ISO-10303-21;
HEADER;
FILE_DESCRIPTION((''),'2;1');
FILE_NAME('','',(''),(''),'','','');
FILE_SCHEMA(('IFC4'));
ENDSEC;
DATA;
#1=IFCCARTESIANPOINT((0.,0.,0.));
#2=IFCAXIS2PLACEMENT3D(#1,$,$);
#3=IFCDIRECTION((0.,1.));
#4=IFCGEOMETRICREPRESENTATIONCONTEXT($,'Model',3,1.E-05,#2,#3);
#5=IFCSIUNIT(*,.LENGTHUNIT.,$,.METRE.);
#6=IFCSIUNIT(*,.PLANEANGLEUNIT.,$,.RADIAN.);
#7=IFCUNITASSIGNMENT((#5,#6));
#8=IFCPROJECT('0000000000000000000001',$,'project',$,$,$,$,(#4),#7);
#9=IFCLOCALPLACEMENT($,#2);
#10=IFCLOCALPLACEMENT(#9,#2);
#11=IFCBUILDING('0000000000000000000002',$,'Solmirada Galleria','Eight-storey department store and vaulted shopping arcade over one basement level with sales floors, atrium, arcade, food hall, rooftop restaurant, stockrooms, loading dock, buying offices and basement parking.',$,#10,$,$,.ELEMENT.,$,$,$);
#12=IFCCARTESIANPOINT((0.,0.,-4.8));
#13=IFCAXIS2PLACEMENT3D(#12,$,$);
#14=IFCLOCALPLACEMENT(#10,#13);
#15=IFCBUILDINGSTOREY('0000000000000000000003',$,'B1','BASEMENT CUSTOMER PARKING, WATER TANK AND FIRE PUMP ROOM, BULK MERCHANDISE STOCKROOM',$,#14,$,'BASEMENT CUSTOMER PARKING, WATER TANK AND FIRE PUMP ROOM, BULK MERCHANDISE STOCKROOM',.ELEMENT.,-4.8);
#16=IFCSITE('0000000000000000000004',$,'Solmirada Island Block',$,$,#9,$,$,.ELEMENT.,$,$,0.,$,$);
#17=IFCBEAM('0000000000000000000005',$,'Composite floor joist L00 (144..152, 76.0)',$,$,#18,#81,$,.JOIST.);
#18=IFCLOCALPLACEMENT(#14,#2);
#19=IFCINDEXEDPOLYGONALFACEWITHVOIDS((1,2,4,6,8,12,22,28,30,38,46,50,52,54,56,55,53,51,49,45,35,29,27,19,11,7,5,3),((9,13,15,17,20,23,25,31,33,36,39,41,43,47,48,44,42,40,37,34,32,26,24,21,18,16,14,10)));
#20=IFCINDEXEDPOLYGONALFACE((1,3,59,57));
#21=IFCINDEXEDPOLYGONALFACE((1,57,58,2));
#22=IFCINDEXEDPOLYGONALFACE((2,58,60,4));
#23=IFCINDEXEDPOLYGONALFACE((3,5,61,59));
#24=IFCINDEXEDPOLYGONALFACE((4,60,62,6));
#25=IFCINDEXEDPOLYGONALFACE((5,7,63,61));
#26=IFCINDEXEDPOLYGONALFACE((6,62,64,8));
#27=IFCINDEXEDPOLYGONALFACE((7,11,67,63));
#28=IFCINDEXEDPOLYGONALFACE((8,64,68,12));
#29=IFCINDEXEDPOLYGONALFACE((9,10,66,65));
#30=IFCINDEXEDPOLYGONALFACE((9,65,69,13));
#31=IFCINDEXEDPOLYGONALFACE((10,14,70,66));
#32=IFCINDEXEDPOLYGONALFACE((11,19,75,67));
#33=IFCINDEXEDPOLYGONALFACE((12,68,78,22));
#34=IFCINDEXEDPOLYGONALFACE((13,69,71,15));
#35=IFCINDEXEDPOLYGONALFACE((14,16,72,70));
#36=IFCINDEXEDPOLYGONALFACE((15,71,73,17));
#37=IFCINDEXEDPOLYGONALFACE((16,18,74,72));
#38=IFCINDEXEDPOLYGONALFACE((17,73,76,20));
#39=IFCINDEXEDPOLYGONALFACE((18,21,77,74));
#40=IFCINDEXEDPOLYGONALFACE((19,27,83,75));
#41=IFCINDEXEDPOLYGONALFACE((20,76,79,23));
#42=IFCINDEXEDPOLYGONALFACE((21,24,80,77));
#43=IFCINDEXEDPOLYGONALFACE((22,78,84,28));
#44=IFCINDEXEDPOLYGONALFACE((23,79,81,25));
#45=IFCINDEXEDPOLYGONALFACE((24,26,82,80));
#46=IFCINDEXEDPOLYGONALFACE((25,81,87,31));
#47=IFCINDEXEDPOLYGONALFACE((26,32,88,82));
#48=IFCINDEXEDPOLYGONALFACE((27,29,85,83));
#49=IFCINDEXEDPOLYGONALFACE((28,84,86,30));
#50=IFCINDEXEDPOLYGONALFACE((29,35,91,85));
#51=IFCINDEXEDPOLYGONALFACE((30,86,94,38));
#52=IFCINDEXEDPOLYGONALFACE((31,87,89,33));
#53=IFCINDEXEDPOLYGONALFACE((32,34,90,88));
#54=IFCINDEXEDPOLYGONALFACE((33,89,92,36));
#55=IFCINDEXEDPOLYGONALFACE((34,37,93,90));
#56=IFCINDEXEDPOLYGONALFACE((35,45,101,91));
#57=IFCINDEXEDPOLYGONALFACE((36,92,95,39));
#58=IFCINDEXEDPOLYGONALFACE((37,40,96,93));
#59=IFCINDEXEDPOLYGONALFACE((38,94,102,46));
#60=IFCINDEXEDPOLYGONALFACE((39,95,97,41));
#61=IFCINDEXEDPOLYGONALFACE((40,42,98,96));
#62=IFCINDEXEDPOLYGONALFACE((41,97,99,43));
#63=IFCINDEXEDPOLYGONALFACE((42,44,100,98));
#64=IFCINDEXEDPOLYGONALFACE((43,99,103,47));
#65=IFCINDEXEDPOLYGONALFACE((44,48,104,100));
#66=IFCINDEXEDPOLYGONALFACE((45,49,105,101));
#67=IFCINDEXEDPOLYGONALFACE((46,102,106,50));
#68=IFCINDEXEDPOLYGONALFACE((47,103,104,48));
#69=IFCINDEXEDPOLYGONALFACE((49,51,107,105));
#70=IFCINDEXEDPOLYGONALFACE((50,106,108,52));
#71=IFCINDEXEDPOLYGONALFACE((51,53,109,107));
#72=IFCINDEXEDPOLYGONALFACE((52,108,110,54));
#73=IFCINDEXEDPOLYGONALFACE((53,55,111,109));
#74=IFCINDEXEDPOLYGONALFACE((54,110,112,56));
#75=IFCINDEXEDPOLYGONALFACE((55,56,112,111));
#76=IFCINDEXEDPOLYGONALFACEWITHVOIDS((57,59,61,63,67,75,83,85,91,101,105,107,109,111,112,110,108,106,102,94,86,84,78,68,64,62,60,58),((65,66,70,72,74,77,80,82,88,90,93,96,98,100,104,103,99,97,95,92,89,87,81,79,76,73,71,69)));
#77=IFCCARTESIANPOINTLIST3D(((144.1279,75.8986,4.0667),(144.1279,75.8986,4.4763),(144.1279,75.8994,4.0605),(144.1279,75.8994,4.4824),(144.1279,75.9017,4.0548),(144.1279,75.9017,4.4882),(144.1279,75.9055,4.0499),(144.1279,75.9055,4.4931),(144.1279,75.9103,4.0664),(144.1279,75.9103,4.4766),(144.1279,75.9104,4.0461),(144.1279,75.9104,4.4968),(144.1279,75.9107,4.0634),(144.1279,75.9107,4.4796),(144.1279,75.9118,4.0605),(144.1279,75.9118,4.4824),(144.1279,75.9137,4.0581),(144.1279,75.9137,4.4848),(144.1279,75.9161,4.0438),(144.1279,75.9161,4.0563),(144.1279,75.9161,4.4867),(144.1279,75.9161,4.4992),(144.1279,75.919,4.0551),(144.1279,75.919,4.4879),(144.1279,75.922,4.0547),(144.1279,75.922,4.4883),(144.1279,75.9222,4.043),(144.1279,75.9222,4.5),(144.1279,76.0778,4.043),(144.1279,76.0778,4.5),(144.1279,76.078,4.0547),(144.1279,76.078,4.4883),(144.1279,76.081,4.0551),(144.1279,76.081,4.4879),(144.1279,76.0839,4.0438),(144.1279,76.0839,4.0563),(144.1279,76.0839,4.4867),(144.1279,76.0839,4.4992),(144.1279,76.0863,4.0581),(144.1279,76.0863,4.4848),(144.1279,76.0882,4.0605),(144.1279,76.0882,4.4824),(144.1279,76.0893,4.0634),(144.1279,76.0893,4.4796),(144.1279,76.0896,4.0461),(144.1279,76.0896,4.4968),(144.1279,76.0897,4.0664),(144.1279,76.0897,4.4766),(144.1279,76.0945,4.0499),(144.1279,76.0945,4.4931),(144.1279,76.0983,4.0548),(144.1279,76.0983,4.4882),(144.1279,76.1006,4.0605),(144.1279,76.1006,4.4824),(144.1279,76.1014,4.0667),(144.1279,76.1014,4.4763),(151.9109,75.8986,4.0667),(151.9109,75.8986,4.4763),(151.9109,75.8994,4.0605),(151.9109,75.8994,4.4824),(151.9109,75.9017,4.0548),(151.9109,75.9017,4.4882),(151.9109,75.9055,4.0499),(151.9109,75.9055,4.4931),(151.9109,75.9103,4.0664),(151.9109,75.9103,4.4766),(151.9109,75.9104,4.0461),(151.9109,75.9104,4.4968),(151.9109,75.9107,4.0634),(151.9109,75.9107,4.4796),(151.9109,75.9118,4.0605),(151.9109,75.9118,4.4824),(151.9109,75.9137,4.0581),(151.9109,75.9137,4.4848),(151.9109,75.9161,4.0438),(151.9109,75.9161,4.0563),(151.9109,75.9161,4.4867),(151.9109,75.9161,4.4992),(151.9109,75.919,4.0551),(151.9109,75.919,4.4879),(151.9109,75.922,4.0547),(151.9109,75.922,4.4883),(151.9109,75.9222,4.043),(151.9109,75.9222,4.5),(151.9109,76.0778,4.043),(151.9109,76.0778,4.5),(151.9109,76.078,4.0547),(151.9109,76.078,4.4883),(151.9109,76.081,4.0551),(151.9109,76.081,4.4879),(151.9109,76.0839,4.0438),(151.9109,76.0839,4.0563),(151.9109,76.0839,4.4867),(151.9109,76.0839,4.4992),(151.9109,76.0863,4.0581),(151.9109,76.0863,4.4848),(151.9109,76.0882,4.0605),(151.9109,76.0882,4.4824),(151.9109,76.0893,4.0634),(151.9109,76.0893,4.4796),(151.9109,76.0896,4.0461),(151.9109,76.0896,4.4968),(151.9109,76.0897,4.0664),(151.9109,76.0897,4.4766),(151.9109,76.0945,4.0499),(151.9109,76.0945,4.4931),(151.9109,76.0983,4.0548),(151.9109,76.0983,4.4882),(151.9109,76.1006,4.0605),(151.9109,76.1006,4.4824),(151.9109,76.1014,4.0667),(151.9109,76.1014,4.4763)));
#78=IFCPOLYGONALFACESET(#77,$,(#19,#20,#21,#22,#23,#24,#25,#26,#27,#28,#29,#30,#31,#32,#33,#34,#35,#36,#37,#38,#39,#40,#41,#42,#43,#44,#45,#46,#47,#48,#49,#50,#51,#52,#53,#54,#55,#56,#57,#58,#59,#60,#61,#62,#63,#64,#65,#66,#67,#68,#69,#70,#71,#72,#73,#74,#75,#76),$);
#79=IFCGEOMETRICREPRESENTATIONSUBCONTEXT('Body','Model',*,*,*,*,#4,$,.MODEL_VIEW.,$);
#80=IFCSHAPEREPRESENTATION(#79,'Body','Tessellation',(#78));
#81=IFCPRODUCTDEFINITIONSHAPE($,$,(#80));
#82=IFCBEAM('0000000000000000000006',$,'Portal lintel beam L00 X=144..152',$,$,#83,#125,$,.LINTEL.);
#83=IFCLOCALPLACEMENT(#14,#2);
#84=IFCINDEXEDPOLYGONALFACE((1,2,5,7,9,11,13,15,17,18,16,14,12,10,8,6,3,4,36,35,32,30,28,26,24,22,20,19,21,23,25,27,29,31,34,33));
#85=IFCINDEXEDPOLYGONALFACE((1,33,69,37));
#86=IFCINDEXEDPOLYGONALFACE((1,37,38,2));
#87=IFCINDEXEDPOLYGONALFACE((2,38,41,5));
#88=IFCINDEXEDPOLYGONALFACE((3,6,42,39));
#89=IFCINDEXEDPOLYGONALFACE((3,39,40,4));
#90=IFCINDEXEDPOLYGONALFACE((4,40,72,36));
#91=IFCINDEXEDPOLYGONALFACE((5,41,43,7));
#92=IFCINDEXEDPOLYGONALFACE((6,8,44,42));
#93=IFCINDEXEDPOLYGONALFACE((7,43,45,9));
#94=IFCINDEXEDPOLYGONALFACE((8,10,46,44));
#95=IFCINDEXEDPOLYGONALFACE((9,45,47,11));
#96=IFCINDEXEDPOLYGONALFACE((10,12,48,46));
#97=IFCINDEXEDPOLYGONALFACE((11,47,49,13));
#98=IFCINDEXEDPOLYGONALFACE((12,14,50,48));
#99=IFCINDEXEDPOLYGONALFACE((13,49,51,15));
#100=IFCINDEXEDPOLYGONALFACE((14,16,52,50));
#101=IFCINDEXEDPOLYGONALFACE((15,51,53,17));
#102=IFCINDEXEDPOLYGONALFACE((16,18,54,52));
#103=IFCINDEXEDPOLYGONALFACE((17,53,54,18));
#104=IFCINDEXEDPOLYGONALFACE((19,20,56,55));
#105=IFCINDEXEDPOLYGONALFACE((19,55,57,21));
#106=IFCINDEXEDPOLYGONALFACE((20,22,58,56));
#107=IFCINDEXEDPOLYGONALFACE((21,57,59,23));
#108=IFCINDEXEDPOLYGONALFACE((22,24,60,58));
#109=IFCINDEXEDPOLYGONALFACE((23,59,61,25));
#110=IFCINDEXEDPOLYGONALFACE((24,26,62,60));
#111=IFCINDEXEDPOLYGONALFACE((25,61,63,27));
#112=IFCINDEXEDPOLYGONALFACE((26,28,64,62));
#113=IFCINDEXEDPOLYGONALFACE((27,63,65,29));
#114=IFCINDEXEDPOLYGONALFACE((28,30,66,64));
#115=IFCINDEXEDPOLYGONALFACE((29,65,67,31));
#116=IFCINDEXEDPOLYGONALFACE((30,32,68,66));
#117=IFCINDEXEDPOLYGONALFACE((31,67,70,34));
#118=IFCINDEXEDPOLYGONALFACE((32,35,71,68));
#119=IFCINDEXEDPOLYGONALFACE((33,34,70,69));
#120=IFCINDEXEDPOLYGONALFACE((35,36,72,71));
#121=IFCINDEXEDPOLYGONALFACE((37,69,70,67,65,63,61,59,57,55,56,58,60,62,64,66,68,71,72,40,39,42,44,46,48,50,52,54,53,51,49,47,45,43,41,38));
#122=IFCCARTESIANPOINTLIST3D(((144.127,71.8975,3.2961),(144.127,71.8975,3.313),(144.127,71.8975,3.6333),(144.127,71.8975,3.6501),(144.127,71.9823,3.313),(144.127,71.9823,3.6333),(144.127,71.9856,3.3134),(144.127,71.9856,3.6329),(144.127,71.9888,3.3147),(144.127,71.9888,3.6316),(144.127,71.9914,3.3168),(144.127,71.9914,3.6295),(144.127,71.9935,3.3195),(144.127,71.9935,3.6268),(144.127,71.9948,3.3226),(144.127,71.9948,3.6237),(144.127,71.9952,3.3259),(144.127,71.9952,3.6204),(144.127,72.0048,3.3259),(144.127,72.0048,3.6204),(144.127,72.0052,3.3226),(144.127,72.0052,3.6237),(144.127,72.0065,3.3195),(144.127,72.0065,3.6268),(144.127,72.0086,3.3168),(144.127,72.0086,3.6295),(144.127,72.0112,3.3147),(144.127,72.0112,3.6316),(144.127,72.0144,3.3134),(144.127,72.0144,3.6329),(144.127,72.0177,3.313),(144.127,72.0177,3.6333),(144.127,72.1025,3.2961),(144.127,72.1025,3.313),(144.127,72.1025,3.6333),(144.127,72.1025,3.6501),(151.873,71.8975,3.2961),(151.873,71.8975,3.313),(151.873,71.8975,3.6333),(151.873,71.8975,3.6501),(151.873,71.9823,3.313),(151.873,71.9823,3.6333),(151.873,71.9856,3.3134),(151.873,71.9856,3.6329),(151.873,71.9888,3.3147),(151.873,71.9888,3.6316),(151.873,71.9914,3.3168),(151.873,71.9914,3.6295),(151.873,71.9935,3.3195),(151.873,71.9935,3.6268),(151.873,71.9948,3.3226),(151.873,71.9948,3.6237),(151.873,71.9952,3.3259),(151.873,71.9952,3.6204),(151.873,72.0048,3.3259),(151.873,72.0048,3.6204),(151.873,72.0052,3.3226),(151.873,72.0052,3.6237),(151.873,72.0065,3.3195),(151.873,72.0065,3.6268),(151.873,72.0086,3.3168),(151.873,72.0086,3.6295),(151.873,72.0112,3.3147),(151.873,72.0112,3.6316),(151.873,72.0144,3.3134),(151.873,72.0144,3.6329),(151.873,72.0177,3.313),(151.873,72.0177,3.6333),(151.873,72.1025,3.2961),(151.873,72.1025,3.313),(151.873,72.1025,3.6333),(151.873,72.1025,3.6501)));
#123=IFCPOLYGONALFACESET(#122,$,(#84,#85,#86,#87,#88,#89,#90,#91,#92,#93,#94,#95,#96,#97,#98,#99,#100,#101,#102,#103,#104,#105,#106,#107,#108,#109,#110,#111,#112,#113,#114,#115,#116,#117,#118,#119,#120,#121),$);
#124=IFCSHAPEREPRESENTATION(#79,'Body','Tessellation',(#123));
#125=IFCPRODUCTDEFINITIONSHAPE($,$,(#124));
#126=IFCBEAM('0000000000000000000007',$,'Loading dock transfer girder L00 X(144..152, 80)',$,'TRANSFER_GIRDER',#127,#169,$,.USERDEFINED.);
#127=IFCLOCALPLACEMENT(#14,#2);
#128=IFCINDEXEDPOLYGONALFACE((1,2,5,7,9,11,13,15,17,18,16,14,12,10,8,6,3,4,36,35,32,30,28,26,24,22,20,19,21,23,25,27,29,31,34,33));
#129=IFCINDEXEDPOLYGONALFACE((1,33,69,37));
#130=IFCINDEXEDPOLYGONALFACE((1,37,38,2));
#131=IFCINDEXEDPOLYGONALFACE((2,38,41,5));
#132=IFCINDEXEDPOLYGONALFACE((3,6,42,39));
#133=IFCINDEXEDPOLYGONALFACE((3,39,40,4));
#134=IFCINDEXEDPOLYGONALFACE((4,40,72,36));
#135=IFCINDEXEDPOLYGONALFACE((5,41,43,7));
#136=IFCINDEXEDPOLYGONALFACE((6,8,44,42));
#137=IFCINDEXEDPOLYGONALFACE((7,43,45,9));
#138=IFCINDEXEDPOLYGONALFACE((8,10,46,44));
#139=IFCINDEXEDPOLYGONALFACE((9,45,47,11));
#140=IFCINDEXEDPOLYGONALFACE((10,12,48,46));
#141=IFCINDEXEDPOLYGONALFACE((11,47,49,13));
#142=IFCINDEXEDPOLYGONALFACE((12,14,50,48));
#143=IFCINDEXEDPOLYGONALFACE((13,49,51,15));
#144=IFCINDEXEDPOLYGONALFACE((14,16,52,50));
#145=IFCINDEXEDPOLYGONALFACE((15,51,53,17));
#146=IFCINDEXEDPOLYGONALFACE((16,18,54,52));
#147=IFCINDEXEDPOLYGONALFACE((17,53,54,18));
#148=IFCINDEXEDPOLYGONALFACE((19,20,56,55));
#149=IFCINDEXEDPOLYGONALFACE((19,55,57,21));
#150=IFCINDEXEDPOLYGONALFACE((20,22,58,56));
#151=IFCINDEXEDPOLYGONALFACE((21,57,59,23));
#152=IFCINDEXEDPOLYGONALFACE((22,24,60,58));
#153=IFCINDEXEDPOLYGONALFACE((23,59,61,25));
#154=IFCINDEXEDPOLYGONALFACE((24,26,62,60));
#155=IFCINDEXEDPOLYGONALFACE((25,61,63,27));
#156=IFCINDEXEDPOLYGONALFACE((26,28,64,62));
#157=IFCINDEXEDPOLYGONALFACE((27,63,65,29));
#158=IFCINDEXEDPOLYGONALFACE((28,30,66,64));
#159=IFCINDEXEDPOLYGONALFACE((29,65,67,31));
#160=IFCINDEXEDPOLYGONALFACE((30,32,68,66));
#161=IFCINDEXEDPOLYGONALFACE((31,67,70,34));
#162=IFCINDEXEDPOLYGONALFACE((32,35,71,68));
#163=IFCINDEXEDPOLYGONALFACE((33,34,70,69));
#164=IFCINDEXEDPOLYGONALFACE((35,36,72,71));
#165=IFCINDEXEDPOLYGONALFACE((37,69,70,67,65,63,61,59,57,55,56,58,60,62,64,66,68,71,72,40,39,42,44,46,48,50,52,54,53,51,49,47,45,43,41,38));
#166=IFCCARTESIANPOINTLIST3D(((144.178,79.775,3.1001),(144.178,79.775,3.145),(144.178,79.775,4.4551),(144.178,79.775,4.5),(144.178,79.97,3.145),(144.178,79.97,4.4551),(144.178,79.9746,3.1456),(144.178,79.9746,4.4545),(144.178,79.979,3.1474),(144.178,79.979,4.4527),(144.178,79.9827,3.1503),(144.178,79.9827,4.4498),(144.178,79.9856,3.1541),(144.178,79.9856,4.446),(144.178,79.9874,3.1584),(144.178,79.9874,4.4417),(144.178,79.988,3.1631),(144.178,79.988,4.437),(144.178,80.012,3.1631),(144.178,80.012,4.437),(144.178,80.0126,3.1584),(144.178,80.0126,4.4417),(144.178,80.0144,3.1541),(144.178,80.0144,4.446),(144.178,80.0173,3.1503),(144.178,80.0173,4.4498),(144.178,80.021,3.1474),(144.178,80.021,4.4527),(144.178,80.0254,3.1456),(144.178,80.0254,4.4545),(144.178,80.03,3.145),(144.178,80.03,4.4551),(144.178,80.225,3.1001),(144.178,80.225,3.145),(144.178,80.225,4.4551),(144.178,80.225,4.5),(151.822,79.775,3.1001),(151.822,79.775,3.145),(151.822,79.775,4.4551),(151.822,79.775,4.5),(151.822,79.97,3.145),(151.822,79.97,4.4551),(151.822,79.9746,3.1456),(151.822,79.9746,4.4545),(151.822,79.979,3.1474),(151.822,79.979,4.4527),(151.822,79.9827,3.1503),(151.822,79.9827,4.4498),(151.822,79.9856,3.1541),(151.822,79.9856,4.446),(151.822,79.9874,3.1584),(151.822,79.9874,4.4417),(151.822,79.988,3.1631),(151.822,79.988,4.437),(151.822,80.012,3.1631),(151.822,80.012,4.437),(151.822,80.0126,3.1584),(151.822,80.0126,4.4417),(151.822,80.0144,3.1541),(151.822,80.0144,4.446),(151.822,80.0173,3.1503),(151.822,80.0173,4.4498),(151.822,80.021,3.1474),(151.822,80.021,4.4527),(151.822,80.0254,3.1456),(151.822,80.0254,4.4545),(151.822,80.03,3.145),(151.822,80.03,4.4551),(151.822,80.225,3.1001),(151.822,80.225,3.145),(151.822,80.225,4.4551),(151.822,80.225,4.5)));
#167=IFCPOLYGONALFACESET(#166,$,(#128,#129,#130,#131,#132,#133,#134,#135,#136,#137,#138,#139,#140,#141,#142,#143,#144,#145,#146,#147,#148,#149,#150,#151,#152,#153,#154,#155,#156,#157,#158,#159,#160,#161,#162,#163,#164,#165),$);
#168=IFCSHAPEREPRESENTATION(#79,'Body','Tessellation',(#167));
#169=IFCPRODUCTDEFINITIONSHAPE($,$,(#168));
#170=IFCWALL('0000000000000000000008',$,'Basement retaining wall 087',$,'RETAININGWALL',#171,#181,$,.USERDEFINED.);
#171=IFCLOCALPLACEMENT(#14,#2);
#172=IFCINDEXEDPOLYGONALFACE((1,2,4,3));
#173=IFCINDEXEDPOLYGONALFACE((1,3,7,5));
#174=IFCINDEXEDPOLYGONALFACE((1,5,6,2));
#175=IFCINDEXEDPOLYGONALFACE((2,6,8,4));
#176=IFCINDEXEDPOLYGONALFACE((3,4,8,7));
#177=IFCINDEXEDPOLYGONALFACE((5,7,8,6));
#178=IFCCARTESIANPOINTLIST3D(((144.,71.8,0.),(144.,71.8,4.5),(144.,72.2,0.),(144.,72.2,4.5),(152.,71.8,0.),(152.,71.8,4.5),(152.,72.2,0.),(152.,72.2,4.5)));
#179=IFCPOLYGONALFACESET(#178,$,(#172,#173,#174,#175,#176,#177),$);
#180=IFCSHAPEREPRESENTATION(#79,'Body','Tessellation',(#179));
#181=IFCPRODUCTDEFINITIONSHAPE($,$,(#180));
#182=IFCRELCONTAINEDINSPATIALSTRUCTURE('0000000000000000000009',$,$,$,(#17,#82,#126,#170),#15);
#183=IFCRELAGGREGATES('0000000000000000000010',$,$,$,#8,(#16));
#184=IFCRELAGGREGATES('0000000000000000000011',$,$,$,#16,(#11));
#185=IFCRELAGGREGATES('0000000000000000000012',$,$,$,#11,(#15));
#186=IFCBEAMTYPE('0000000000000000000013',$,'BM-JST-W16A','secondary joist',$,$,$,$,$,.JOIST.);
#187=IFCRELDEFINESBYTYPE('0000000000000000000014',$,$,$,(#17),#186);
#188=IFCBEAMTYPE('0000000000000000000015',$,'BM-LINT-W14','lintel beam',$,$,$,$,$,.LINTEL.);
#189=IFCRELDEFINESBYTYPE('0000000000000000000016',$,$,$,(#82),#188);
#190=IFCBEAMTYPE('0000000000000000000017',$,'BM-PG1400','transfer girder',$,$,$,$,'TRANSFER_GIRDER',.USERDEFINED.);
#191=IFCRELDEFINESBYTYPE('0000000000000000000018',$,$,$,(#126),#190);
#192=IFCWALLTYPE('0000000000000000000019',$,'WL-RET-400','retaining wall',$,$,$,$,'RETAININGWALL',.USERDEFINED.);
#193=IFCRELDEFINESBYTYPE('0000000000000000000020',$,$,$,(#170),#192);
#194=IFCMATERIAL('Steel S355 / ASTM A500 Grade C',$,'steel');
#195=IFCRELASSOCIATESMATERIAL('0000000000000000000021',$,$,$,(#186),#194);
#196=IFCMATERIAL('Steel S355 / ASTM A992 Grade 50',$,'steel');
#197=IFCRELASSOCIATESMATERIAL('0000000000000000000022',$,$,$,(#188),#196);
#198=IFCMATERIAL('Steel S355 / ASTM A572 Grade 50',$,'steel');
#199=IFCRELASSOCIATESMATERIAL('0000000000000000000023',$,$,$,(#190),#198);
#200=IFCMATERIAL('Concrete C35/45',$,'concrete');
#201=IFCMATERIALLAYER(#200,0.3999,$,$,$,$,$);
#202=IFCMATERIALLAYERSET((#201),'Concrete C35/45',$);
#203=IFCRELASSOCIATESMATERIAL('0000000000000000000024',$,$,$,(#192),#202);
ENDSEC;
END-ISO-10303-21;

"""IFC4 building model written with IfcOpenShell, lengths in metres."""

from ifc_helpers import new_model, si_unit, direction, frame, frame_2d, origin, origin_2d, place, context, subcontext, project, spatial, rectangle, hollow_rectangle, i_section, extrude, material, layer, layer_set, material_profile, profile_set, type_object, element, save


model = new_model("IFC4")

# Units and contexts
model_context = context("Model", 3, precision=1e-05, world=origin(), true_north=direction((0.0, 1.0)))
body_context = subcontext(model_context, "Body", "Model", "MODEL_VIEW")
ifc_project = project(units=[si_unit("LENGTHUNIT", "METRE"), si_unit("PLANEANGLEUNIT", "RADIAN")], contexts=[model_context])

# Site, building, storey
site_placement = place(None, origin())
site = spatial("IfcSite", under=ifc_project, at=site_placement, Name="Solmirada Island Block", CompositionType="ELEMENT", RefElevation=0.0)
building_placement = place(site_placement, origin())
building = spatial("IfcBuilding", under=site, at=building_placement, Name="Solmirada Galleria", Description="Eight-storey department store and vaulted shopping arcade over one basement level with sales floors, atrium, arcade, food hall, rooftop restaurant, stockrooms, loading dock, buying offices and basement parking.", CompositionType="ELEMENT")
storey_placement = place(building_placement, frame((0.0, 0.0, -4.8)))
storey = spatial("IfcBuildingStorey", under=building, at=storey_placement, Name="B1", Description="BASEMENT CUSTOMER PARKING, WATER TANK AND FIRE PUMP ROOM, BULK MERCHANDISE STOCKROOM", LongName="BASEMENT CUSTOMER PARKING, WATER TANK AND FIRE PUMP ROOM, BULK MERCHANDISE STOCKROOM", CompositionType="ELEMENT", Elevation=-4.8)

# Shared definitions
ifc_material_1 = material(Name="Concrete C35/45", Category="concrete")

# Shared definitions
ifc_material_2 = material(Name="Steel S355 / ASTM A500 Grade C", Category="steel")

# Beams
ifc_material_3 = material(Name="Steel S355 / ASTM A992 Grade 50", Category="steel")
ifc_material_profile_1 = material_profile(ifc_material_2, hollow_rectangle(XDim=0.2029, YDim=0.457, WallThickness=0.0117, InnerFilletRadius=0.0117, OuterFilletRadius=0.0237, at=origin_2d()), Name="HSS18X8X1/2")
ifc_profile_set_1 = profile_set([ifc_material_profile_1], Name="Steel S355 / ASTM A500 Grade C")
beam_type_1 = type_object("IfcBeamType", Name="BM-JST-W16A", Description="secondary joist", PredefinedType="JOIST", material=ifc_profile_set_1)
beam_1_placement = place(storey_placement, frame((144.1279, 76.0, 4.2715), z_axis=(1.0, 0.0, 0.0), x_axis=(0.0, 1.0, 0.0)))
element("IfcBeam", 1, at=beam_1_placement, inside=storey, type_object=beam_type_1, Name="Composite floor joist L00 (144..152, 76.0)", PredefinedType="JOIST", context=body_context, shape_type="SweptSolid", body=[
    extrude(hollow_rectangle(XDim=0.2029, YDim=0.457, WallThickness=0.0117, InnerFilletRadius=0.0117, OuterFilletRadius=0.0237, at=origin_2d()), origin(), (0.0, 0.0, 1.0), 7.783),
])
ifc_material_profile_2 = material_profile(ifc_material_3, i_section(OverallWidth=0.2051, OverallDepth=0.354, WebThickness=0.0095, FlangeThickness=0.0168, FilletRadius=0.0129, at=origin_2d()), Name="W14X53")
ifc_profile_set_2 = profile_set([ifc_material_profile_2], Name="Steel S355 / ASTM A992 Grade 50")
beam_type_2 = type_object("IfcBeamType", Name="BM-LINT-W14", Description="lintel beam", PredefinedType="LINTEL", material=ifc_profile_set_2)
beam_2_placement = place(storey_placement, frame((144.127, 72.0, 3.4731), z_axis=(1.0, 0.0, 0.0), x_axis=(0.0, 1.0, 0.0)))
element("IfcBeam", 2, at=beam_2_placement, inside=storey, type_object=beam_type_2, Name="Portal lintel beam L00 X=144..152", PredefinedType="LINTEL", context=body_context, shape_type="SweptSolid", body=[
    extrude(i_section(OverallWidth=0.2051, OverallDepth=0.354, WebThickness=0.0095, FlangeThickness=0.0168, FilletRadius=0.0129, at=origin_2d()), origin(), (0.0, 0.0, 1.0), 7.7461),
])
ifc_material_4 = material(Name="Steel S355 / ASTM A572 Grade 50", Category="steel")
ifc_material_profile_3 = material_profile(ifc_material_4, i_section(OverallWidth=0.45, OverallDepth=1.3999, WebThickness=0.0239, FlangeThickness=0.0449, FilletRadius=0.0181, at=origin_2d()), Name="PG1400X450")
ifc_profile_set_3 = profile_set([ifc_material_profile_3], Name="Steel S355 / ASTM A572 Grade 50")
beam_type_3 = type_object("IfcBeamType", Name="BM-PG1400", Description="transfer girder", ElementType="TRANSFER_GIRDER", PredefinedType="USERDEFINED", material=ifc_profile_set_3)
beam_3_placement = place(storey_placement, frame((144.178, 80.0, 3.8), z_axis=(1.0, 0.0, 0.0), x_axis=(0.0, 1.0, 0.0)))
element("IfcBeam", 3, at=beam_3_placement, inside=storey, type_object=beam_type_3, Name="Loading dock transfer girder L00 X(144..152, 80)", ObjectType="TRANSFER_GIRDER", PredefinedType="USERDEFINED", context=body_context, shape_type="SweptSolid", body=[
    extrude(i_section(OverallWidth=0.45, OverallDepth=1.3999, WebThickness=0.0239, FlangeThickness=0.0449, FilletRadius=0.0181, at=origin_2d()), origin(), (0.0, 0.0, 1.0), 7.644),
])

# Wall
ifc_layer_1 = layer(ifc_material_1, 0.3999)
ifc_layer_set_1 = layer_set([ifc_layer_1], Name="Concrete C35/45")
wall_type_1 = type_object("IfcWallType", Name="WL-RET-400", Description="retaining wall", ElementType="RETAININGWALL", PredefinedType="USERDEFINED", material=ifc_layer_set_1)
wall_1_placement = place(storey_placement, frame((152.0, 72.0, 0.0), z_axis=(0.0, 0.0, 1.0), x_axis=(-1.0, 0.0, 0.0)))
element("IfcWall", 4, at=wall_1_placement, inside=storey, type_object=wall_type_1, Name="Basement retaining wall 087", ObjectType="RETAININGWALL", PredefinedType="USERDEFINED", context=body_context, shape_type="SweptSolid", body=[
    extrude(rectangle(XDim=8.0, YDim=0.3999, at=frame_2d((4.0, 0.0))), origin(), (0.0, 0.0, 1.0), 4.5),
])

save(model, "model.ifc")
